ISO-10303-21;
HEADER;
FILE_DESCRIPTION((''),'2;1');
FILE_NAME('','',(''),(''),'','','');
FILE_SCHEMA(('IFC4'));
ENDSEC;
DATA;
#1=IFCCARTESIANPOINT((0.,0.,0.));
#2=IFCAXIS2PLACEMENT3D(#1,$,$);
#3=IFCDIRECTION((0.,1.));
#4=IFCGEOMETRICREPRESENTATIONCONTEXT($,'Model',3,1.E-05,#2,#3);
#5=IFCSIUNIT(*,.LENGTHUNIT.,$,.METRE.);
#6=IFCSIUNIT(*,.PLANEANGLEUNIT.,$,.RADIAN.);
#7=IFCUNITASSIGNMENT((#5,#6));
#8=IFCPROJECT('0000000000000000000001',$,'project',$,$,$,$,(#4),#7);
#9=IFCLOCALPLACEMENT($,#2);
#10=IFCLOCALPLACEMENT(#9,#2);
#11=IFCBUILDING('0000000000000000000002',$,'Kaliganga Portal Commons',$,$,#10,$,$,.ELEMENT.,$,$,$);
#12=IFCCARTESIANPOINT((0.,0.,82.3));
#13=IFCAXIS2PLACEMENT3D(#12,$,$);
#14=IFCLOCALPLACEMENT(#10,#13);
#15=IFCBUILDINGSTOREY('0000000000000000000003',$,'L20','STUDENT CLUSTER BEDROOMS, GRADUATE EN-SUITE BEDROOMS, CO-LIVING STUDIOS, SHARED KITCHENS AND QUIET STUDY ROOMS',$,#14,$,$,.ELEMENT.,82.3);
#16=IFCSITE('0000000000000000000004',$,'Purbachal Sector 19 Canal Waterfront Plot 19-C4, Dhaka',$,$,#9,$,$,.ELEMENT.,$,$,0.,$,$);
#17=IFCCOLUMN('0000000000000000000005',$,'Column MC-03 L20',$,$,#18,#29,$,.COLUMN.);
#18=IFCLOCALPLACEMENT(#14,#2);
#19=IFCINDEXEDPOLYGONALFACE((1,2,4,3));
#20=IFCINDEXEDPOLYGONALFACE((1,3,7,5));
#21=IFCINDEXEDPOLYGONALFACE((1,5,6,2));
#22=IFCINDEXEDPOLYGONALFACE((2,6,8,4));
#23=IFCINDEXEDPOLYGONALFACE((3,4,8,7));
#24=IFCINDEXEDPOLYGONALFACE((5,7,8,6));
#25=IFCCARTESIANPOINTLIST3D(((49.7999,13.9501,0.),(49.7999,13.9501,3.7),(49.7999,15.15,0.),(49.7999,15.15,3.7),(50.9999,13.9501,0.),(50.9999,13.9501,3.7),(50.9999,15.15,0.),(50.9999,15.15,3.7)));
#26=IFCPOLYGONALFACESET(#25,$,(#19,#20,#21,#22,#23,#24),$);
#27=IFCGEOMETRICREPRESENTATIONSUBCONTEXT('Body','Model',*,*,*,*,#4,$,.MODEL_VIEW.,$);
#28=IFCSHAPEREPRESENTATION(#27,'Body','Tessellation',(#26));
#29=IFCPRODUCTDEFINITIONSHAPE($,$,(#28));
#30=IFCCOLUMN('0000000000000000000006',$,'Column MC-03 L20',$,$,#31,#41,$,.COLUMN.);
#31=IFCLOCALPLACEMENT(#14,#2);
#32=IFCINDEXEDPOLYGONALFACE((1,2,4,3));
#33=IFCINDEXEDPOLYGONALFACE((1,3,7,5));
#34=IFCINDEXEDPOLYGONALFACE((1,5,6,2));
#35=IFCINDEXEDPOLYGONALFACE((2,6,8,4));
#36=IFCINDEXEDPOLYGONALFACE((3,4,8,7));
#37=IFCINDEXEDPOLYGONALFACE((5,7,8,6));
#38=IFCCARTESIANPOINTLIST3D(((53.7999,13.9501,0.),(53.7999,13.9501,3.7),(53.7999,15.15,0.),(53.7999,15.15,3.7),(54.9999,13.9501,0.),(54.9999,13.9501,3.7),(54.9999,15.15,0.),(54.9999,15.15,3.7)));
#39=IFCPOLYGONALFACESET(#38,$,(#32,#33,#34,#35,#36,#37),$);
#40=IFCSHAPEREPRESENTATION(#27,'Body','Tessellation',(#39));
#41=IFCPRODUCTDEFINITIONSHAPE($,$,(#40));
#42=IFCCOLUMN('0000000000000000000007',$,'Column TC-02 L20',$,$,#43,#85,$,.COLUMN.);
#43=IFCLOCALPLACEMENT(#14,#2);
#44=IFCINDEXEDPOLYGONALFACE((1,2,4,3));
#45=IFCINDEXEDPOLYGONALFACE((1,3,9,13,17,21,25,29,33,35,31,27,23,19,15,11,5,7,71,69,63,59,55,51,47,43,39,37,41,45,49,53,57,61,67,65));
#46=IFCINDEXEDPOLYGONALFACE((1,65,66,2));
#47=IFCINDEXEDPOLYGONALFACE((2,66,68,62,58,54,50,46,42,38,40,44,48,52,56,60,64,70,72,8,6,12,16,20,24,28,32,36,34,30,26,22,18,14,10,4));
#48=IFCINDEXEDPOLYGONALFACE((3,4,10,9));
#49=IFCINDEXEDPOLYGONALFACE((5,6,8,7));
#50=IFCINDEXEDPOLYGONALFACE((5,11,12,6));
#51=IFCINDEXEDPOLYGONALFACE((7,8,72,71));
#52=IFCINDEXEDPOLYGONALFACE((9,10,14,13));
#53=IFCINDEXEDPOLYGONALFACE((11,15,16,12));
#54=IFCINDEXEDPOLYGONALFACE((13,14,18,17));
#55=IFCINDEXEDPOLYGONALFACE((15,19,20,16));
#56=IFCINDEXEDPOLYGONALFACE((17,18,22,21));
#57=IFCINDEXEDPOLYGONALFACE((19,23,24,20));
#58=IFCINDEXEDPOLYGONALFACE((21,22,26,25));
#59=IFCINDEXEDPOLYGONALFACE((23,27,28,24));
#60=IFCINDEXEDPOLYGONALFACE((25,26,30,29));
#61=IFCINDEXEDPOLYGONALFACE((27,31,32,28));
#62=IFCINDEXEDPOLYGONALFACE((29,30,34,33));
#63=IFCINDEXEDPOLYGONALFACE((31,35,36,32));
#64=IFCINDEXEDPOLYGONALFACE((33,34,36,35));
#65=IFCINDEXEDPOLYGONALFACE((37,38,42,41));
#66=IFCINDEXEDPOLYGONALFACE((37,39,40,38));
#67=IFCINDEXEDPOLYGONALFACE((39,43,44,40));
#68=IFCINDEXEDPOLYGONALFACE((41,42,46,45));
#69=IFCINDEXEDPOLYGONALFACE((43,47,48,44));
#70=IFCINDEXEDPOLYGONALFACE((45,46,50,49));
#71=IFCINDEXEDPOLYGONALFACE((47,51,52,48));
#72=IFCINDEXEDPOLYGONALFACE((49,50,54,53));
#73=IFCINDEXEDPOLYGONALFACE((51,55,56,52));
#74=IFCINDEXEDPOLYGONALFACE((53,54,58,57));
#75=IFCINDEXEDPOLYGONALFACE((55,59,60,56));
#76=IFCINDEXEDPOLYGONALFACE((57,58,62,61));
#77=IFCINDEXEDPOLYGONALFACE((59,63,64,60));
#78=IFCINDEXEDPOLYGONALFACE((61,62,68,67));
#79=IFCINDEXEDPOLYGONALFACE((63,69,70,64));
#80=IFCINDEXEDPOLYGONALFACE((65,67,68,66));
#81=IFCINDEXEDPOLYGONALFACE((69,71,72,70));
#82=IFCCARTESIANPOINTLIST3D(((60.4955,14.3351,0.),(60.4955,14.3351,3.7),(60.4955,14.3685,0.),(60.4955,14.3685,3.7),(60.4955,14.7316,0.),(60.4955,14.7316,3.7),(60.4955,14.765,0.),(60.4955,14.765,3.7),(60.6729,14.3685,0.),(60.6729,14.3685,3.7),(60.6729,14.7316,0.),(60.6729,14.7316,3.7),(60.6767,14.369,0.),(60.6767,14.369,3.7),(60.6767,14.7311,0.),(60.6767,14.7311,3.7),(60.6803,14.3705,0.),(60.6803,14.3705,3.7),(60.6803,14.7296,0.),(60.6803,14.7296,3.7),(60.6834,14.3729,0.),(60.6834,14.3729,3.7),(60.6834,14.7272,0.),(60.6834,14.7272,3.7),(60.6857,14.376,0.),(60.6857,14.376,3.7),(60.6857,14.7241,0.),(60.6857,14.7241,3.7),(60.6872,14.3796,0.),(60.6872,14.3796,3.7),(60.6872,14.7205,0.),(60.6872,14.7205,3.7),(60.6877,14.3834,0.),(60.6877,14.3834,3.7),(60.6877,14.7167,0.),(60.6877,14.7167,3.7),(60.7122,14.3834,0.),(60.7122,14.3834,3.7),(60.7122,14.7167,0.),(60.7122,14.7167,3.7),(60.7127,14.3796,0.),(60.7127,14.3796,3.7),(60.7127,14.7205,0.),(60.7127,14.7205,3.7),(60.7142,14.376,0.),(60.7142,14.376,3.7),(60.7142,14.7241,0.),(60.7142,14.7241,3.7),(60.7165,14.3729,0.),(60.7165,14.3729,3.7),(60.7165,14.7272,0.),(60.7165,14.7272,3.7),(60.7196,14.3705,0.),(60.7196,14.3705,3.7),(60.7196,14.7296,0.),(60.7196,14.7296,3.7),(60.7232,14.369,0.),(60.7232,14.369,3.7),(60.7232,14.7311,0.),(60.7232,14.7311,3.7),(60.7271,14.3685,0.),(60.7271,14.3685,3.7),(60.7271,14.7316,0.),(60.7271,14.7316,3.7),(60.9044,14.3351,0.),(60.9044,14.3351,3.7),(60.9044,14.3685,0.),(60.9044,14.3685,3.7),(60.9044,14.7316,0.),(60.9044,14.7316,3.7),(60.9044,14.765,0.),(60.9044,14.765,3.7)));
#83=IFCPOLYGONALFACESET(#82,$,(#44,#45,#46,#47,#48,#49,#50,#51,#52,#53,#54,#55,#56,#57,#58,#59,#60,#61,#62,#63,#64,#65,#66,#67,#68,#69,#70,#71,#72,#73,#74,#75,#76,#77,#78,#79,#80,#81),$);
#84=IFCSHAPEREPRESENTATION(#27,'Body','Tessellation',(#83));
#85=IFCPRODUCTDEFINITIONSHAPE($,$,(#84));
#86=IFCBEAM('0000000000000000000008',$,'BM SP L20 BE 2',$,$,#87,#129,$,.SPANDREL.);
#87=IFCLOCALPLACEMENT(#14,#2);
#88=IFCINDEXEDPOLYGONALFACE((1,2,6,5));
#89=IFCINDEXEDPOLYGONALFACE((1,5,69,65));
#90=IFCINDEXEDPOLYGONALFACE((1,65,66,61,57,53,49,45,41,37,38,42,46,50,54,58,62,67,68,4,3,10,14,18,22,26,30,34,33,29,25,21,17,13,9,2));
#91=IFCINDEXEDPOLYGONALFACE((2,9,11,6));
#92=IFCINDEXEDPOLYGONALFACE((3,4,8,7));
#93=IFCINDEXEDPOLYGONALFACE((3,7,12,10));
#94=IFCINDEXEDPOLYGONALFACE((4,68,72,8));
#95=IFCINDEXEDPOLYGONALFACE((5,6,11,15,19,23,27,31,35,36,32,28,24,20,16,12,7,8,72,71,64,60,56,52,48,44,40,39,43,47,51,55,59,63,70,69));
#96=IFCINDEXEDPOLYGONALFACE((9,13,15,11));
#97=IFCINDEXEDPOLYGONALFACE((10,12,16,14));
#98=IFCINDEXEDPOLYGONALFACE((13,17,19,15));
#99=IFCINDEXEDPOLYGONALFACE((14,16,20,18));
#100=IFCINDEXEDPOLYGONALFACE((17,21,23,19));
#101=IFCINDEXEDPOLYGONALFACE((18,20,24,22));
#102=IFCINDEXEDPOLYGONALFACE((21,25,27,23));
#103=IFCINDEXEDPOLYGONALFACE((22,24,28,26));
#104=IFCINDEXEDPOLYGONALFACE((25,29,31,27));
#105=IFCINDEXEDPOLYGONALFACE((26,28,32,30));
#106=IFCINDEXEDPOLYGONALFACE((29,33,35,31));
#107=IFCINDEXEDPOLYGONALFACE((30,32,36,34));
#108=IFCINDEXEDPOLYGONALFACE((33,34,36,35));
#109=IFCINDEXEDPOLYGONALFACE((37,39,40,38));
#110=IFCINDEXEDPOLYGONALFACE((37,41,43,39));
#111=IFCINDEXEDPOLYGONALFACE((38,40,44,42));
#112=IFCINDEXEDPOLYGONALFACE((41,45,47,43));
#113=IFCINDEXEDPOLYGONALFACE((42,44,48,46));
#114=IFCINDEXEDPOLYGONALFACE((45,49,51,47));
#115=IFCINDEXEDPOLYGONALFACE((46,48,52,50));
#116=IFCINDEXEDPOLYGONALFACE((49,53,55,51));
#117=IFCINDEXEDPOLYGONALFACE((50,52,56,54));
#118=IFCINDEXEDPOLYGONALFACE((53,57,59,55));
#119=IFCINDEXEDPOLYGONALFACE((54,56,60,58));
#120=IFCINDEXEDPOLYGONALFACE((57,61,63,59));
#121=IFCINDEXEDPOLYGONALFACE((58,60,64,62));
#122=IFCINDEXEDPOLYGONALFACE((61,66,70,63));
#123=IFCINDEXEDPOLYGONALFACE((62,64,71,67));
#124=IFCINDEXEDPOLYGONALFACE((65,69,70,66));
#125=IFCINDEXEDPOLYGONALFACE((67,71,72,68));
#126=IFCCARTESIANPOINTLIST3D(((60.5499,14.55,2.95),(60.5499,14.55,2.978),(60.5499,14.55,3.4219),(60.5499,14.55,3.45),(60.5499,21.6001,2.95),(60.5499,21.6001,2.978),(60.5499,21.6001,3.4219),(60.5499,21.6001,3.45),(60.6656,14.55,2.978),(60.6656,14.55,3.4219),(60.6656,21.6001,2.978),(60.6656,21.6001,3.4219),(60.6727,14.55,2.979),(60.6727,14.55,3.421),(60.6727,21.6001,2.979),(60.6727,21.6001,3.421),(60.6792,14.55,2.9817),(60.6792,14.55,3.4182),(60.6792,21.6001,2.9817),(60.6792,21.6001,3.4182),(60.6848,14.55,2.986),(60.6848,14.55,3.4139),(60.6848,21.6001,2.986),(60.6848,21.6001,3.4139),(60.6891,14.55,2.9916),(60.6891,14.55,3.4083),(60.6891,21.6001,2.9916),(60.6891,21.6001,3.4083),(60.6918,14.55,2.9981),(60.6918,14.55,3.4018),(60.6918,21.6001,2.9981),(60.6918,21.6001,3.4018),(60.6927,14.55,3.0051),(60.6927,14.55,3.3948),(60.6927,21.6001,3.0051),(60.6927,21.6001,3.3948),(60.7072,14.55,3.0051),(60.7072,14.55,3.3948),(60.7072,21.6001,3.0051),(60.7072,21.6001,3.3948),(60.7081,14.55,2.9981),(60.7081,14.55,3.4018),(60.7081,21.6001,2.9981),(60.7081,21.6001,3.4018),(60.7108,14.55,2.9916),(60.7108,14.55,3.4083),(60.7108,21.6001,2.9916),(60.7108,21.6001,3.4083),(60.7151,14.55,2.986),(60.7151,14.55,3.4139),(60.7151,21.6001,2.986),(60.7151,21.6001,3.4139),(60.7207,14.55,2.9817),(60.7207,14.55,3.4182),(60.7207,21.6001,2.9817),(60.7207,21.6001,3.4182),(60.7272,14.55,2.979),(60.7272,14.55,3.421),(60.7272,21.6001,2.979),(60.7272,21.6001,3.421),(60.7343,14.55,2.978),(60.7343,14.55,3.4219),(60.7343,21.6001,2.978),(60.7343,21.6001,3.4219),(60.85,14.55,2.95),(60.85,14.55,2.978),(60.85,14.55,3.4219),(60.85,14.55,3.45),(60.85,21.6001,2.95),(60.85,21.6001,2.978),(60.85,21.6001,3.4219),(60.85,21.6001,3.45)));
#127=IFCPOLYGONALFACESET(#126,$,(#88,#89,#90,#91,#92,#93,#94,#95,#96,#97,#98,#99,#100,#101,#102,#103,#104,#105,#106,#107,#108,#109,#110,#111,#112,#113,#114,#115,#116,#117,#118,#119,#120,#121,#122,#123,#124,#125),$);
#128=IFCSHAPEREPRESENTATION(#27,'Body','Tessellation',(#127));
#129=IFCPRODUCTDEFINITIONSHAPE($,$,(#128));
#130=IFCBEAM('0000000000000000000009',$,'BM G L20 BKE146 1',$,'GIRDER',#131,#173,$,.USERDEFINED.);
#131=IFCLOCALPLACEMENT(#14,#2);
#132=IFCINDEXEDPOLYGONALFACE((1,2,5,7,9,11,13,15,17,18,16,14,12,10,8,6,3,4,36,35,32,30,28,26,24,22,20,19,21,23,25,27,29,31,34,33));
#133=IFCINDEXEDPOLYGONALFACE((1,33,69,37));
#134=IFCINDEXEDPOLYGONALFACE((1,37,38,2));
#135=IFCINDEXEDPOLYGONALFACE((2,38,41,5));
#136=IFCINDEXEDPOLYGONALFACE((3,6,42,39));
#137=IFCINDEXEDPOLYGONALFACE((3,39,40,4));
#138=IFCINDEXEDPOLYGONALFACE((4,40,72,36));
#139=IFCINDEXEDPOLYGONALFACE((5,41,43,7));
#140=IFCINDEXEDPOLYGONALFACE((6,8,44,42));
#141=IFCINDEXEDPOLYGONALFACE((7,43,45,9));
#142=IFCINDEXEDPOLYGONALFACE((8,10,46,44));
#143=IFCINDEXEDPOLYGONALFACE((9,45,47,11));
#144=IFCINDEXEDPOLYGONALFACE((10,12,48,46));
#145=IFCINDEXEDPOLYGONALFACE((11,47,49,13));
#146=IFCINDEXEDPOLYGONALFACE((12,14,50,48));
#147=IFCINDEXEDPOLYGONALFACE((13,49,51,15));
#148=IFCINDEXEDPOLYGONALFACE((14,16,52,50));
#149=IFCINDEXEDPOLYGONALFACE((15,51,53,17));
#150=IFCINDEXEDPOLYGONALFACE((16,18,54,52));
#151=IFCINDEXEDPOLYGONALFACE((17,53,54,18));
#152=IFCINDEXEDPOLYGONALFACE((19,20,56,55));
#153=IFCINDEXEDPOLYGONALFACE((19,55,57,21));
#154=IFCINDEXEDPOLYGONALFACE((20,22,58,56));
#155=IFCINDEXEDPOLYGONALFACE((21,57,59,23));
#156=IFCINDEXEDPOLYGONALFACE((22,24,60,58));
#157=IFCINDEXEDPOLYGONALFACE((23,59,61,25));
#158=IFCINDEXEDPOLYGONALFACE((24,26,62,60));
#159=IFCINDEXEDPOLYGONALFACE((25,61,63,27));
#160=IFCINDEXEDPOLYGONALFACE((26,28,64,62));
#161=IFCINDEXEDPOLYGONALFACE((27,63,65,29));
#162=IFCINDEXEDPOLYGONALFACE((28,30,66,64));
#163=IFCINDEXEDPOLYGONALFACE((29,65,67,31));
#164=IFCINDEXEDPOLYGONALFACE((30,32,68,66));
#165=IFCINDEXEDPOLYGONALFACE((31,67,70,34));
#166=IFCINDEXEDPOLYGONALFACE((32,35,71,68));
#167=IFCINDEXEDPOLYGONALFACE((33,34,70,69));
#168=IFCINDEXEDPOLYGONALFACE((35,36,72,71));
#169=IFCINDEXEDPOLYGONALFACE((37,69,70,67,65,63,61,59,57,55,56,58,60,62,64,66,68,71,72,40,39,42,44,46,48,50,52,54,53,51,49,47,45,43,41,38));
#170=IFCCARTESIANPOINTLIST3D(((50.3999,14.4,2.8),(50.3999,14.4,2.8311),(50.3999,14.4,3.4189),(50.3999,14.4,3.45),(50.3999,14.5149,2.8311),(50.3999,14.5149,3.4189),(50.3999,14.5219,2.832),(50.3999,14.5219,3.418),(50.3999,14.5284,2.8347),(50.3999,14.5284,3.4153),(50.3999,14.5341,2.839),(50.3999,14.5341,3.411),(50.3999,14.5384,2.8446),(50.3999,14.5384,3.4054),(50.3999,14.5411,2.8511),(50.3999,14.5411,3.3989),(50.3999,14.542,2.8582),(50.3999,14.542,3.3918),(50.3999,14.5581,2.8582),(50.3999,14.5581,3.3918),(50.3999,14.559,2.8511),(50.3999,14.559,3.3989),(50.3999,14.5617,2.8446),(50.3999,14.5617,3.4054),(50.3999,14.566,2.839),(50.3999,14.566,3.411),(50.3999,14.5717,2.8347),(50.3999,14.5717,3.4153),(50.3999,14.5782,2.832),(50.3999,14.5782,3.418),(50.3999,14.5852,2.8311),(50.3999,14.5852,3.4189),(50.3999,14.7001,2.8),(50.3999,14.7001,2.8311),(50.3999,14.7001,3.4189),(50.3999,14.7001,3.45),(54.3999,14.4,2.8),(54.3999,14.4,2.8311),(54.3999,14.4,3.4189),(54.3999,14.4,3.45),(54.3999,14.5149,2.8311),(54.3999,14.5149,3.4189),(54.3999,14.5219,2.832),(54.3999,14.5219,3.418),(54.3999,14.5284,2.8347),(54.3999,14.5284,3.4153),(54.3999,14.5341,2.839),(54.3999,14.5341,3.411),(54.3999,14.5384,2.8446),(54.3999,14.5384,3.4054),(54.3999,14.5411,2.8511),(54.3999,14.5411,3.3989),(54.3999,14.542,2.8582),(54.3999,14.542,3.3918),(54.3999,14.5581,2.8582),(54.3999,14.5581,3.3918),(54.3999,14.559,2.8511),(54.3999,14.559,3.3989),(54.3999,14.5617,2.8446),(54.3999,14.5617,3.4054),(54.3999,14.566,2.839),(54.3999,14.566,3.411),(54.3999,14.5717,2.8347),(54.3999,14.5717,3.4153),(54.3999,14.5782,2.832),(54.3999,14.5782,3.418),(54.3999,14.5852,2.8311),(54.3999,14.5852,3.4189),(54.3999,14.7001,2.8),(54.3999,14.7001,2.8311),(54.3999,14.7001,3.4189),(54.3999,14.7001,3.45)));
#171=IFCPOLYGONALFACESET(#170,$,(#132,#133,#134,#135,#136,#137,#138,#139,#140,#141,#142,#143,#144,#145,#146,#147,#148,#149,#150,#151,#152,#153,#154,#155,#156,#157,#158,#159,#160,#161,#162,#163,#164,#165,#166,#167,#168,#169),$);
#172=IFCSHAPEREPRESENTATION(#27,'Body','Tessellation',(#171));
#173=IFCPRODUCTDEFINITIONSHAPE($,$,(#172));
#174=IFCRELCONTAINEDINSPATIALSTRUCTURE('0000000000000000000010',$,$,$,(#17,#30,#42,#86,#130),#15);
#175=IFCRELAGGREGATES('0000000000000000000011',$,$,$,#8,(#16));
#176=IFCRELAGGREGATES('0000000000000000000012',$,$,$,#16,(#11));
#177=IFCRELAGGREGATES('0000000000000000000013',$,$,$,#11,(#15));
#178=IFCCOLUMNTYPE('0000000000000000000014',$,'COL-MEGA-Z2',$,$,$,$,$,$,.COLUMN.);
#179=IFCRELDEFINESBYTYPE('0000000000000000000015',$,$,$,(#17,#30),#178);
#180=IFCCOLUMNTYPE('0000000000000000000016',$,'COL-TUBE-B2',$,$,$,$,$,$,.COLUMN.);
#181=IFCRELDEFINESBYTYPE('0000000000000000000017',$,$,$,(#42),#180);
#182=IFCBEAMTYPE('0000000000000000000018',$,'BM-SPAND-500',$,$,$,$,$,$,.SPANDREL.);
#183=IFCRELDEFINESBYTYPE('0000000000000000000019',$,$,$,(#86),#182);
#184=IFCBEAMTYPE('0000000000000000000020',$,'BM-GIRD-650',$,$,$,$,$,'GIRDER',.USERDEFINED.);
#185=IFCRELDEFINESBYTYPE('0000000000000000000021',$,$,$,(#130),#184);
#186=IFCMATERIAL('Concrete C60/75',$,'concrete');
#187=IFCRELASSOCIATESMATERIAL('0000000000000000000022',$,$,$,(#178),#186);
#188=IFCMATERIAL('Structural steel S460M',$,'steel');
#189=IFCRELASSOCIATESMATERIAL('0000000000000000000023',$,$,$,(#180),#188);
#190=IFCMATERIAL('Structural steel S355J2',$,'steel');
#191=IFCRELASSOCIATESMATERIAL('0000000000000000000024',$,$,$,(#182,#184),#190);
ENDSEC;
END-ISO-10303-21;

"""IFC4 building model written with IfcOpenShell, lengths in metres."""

from ifc_helpers import new_model, si_unit, direction, frame, origin, origin_2d, place, context, subcontext, project, spatial, rectangle, i_section, extrude, source, transform, mapped, material, material_profile, profile_set, type_object, element, save


model = new_model("IFC4")

# Units and contexts
model_context = context("Model", 3, precision=1e-05, world=origin(), true_north=direction((0.0, 1.0)))
body_context = subcontext(model_context, "Body", "Model", "MODEL_VIEW")
ifc_project = project(units=[si_unit("LENGTHUNIT", "METRE"), si_unit("PLANEANGLEUNIT", "RADIAN")], contexts=[model_context])

# Site, building, storey
site_placement = place(None, origin())
site = spatial("IfcSite", under=ifc_project, at=site_placement, Name="Purbachal Sector 19 Canal Waterfront Plot 19-C4, Dhaka", CompositionType="ELEMENT", RefElevation=0.0)
building_placement = place(site_placement, origin())
building = spatial("IfcBuilding", under=site, at=building_placement, Name="Kaliganga Portal Commons", CompositionType="ELEMENT")
storey_placement = place(building_placement, frame((0.0, 0.0, 82.3)))
storey = spatial("IfcBuildingStorey", under=building, at=storey_placement, Name="L20", Description="STUDENT CLUSTER BEDROOMS, GRADUATE EN-SUITE BEDROOMS, CO-LIVING STUDIOS, SHARED KITCHENS AND QUIET STUDY ROOMS", CompositionType="ELEMENT", Elevation=82.3)

# Columns
ifc_material_1 = material(Name="Concrete C60/75", Category="concrete")
ifc_material_profile_1 = material_profile(ifc_material_1, rectangle(XDim=1.2, YDim=1.2, at=origin_2d()), Name="RC 1200x1200")
ifc_profile_set_1 = profile_set([ifc_material_profile_1], Name="Concrete C60/75")
column_type_1 = type_object("IfcColumnType", Name="COL-MEGA-Z2", PredefinedType="COLUMN", material=ifc_profile_set_1)
shared_shape_1 = source(origin(), body_context, "Body", "SweptSolid", [
    extrude(rectangle(XDim=1.2, YDim=1.2, at=origin_2d()), origin(), (0.0, 0.0, 1.0), 3.7),
])
for number, where, z_axis, x_axis, name in (
    (1, (50.3999, 14.55, 0.0), (0.0, 0.0, 1.0), (1.0, 0.0, 0.0), "Column MC-03 L20"),
    (2, (54.3999, 14.55, 0.0), (0.0, 0.0, 1.0), (1.0, 0.0, 0.0), "Column MC-03 L20"),
):
    element("IfcColumn", number, at=place(storey_placement, frame(where, z_axis=z_axis, x_axis=x_axis)), inside=storey, type_object=column_type_1, Name=name, PredefinedType="COLUMN", context=body_context, shape_type="MappedRepresentation", body=[
        mapped(shared_shape_1, transform((0.0, 0.0, 0.0), x_axis=(1.0, 0.0, 0.0), y_axis=(0.0, 1.0, 0.0), z_axis=(0.0, 0.0, 1.0), scale=1.0)),
    ])
ifc_material_2 = material(Name="Structural steel S460M", Category="steel")
ifc_material_profile_2 = material_profile(ifc_material_2, i_section(OverallWidth=0.4089, OverallDepth=0.4299, WebThickness=0.0244, FlangeThickness=0.0334, FilletRadius=0.0149, at=origin_2d()), Name="HD 400x421")
ifc_profile_set_2 = profile_set([ifc_material_profile_2], Name="Structural steel S460M wide-flange")
column_type_2 = type_object("IfcColumnType", Name="COL-TUBE-B2", PredefinedType="COLUMN", material=ifc_profile_set_2)
shared_shape_2 = source(origin(), body_context, "Body", "SweptSolid", [
    extrude(i_section(OverallWidth=0.4089, OverallDepth=0.4299, WebThickness=0.0244, FlangeThickness=0.0334, FilletRadius=0.0149, at=origin_2d()), origin(), (0.0, 0.0, 1.0), 3.7),
])
column_placement = place(storey_placement, frame((60.7, 14.55, 0.0), z_axis=(0.0, 0.0, 1.0), x_axis=(1.0, 0.0, 0.0)))
element("IfcColumn", 3, at=column_placement, inside=storey, type_object=column_type_2, Name="Column TC-02 L20", PredefinedType="COLUMN", context=body_context, shape_type="MappedRepresentation", body=[
    mapped(shared_shape_2, transform((0.0, 0.0, 0.0), x_axis=(1.0, 0.0, 0.0), y_axis=(0.0, 1.0, 0.0), z_axis=(0.0, 0.0, 1.0), scale=1.0)),
])

# Beams
ifc_material_3 = material(Name="Structural steel S355J2", Category="steel")
ifc_material_profile_3 = material_profile(ifc_material_3, i_section(OverallWidth=0.3, OverallDepth=0.5, WebThickness=0.0144, FlangeThickness=0.0281, FilletRadius=0.0271, at=origin_2d()), Name="HE 500 B")
ifc_profile_set_3 = profile_set([ifc_material_profile_3], Name="Structural steel S355J2 wide-flange")
beam_type_1 = type_object("IfcBeamType", Name="BM-SPAND-500", PredefinedType="SPANDREL", material=ifc_profile_set_3)
shared_shape_3 = source(origin(), body_context, "Body", "SweptSolid", [
    extrude(i_section(OverallWidth=0.3, OverallDepth=0.5, WebThickness=0.0144, FlangeThickness=0.0281, FilletRadius=0.0271, at=origin_2d()), origin(), (0.0, 0.0, 1.0), 7.05),
])
beam_1_placement = place(storey_placement, frame((60.7, 14.55, 3.2), z_axis=(0.0, 1.0, 0.0), x_axis=(-1.0, 0.0, 0.0)))
element("IfcBeam", 4, at=beam_1_placement, inside=storey, type_object=beam_type_1, Name="BM SP L20 BE 2", PredefinedType="SPANDREL", context=body_context, shape_type="MappedRepresentation", body=[
    mapped(shared_shape_3, transform((0.0, 0.0, 0.0), x_axis=(1.0, 0.0, 0.0), y_axis=(0.0, 1.0, 0.0), z_axis=(0.0, 0.0, 1.0), scale=1.0)),
])
ifc_material_profile_4 = material_profile(ifc_material_3, i_section(OverallWidth=0.3, OverallDepth=0.6499, WebThickness=0.0161, FlangeThickness=0.031, FilletRadius=0.0271, at=origin_2d()), Name="HE 650 B")
ifc_profile_set_4 = profile_set([ifc_material_profile_4], Name="Structural steel S355J2 wide-flange")
beam_type_2 = type_object("IfcBeamType", Name="BM-GIRD-650", ElementType="GIRDER", PredefinedType="USERDEFINED", material=ifc_profile_set_4)
shared_shape_4 = source(origin(), body_context, "Body", "SweptSolid", [
    extrude(i_section(OverallWidth=0.3, OverallDepth=0.6499, WebThickness=0.0161, FlangeThickness=0.031, FilletRadius=0.0271, at=origin_2d()), origin(), (0.0, 0.0, 1.0), 4.0),
])
beam_2_placement = place(storey_placement, frame((50.3999, 14.55, 3.125), z_axis=(1.0, 0.0, 0.0), x_axis=(0.0, 1.0, 0.0)))
element("IfcBeam", 5, at=beam_2_placement, inside=storey, type_object=beam_type_2, Name="BM G L20 BKE146 1", ObjectType="GIRDER", PredefinedType="USERDEFINED", context=body_context, shape_type="MappedRepresentation", body=[
    mapped(shared_shape_4, transform((0.0, 0.0, 0.0), x_axis=(1.0, 0.0, 0.0), y_axis=(0.0, 1.0, 0.0), z_axis=(0.0, 0.0, 1.0), scale=1.0)),
])

save(model, "model.ifc")
